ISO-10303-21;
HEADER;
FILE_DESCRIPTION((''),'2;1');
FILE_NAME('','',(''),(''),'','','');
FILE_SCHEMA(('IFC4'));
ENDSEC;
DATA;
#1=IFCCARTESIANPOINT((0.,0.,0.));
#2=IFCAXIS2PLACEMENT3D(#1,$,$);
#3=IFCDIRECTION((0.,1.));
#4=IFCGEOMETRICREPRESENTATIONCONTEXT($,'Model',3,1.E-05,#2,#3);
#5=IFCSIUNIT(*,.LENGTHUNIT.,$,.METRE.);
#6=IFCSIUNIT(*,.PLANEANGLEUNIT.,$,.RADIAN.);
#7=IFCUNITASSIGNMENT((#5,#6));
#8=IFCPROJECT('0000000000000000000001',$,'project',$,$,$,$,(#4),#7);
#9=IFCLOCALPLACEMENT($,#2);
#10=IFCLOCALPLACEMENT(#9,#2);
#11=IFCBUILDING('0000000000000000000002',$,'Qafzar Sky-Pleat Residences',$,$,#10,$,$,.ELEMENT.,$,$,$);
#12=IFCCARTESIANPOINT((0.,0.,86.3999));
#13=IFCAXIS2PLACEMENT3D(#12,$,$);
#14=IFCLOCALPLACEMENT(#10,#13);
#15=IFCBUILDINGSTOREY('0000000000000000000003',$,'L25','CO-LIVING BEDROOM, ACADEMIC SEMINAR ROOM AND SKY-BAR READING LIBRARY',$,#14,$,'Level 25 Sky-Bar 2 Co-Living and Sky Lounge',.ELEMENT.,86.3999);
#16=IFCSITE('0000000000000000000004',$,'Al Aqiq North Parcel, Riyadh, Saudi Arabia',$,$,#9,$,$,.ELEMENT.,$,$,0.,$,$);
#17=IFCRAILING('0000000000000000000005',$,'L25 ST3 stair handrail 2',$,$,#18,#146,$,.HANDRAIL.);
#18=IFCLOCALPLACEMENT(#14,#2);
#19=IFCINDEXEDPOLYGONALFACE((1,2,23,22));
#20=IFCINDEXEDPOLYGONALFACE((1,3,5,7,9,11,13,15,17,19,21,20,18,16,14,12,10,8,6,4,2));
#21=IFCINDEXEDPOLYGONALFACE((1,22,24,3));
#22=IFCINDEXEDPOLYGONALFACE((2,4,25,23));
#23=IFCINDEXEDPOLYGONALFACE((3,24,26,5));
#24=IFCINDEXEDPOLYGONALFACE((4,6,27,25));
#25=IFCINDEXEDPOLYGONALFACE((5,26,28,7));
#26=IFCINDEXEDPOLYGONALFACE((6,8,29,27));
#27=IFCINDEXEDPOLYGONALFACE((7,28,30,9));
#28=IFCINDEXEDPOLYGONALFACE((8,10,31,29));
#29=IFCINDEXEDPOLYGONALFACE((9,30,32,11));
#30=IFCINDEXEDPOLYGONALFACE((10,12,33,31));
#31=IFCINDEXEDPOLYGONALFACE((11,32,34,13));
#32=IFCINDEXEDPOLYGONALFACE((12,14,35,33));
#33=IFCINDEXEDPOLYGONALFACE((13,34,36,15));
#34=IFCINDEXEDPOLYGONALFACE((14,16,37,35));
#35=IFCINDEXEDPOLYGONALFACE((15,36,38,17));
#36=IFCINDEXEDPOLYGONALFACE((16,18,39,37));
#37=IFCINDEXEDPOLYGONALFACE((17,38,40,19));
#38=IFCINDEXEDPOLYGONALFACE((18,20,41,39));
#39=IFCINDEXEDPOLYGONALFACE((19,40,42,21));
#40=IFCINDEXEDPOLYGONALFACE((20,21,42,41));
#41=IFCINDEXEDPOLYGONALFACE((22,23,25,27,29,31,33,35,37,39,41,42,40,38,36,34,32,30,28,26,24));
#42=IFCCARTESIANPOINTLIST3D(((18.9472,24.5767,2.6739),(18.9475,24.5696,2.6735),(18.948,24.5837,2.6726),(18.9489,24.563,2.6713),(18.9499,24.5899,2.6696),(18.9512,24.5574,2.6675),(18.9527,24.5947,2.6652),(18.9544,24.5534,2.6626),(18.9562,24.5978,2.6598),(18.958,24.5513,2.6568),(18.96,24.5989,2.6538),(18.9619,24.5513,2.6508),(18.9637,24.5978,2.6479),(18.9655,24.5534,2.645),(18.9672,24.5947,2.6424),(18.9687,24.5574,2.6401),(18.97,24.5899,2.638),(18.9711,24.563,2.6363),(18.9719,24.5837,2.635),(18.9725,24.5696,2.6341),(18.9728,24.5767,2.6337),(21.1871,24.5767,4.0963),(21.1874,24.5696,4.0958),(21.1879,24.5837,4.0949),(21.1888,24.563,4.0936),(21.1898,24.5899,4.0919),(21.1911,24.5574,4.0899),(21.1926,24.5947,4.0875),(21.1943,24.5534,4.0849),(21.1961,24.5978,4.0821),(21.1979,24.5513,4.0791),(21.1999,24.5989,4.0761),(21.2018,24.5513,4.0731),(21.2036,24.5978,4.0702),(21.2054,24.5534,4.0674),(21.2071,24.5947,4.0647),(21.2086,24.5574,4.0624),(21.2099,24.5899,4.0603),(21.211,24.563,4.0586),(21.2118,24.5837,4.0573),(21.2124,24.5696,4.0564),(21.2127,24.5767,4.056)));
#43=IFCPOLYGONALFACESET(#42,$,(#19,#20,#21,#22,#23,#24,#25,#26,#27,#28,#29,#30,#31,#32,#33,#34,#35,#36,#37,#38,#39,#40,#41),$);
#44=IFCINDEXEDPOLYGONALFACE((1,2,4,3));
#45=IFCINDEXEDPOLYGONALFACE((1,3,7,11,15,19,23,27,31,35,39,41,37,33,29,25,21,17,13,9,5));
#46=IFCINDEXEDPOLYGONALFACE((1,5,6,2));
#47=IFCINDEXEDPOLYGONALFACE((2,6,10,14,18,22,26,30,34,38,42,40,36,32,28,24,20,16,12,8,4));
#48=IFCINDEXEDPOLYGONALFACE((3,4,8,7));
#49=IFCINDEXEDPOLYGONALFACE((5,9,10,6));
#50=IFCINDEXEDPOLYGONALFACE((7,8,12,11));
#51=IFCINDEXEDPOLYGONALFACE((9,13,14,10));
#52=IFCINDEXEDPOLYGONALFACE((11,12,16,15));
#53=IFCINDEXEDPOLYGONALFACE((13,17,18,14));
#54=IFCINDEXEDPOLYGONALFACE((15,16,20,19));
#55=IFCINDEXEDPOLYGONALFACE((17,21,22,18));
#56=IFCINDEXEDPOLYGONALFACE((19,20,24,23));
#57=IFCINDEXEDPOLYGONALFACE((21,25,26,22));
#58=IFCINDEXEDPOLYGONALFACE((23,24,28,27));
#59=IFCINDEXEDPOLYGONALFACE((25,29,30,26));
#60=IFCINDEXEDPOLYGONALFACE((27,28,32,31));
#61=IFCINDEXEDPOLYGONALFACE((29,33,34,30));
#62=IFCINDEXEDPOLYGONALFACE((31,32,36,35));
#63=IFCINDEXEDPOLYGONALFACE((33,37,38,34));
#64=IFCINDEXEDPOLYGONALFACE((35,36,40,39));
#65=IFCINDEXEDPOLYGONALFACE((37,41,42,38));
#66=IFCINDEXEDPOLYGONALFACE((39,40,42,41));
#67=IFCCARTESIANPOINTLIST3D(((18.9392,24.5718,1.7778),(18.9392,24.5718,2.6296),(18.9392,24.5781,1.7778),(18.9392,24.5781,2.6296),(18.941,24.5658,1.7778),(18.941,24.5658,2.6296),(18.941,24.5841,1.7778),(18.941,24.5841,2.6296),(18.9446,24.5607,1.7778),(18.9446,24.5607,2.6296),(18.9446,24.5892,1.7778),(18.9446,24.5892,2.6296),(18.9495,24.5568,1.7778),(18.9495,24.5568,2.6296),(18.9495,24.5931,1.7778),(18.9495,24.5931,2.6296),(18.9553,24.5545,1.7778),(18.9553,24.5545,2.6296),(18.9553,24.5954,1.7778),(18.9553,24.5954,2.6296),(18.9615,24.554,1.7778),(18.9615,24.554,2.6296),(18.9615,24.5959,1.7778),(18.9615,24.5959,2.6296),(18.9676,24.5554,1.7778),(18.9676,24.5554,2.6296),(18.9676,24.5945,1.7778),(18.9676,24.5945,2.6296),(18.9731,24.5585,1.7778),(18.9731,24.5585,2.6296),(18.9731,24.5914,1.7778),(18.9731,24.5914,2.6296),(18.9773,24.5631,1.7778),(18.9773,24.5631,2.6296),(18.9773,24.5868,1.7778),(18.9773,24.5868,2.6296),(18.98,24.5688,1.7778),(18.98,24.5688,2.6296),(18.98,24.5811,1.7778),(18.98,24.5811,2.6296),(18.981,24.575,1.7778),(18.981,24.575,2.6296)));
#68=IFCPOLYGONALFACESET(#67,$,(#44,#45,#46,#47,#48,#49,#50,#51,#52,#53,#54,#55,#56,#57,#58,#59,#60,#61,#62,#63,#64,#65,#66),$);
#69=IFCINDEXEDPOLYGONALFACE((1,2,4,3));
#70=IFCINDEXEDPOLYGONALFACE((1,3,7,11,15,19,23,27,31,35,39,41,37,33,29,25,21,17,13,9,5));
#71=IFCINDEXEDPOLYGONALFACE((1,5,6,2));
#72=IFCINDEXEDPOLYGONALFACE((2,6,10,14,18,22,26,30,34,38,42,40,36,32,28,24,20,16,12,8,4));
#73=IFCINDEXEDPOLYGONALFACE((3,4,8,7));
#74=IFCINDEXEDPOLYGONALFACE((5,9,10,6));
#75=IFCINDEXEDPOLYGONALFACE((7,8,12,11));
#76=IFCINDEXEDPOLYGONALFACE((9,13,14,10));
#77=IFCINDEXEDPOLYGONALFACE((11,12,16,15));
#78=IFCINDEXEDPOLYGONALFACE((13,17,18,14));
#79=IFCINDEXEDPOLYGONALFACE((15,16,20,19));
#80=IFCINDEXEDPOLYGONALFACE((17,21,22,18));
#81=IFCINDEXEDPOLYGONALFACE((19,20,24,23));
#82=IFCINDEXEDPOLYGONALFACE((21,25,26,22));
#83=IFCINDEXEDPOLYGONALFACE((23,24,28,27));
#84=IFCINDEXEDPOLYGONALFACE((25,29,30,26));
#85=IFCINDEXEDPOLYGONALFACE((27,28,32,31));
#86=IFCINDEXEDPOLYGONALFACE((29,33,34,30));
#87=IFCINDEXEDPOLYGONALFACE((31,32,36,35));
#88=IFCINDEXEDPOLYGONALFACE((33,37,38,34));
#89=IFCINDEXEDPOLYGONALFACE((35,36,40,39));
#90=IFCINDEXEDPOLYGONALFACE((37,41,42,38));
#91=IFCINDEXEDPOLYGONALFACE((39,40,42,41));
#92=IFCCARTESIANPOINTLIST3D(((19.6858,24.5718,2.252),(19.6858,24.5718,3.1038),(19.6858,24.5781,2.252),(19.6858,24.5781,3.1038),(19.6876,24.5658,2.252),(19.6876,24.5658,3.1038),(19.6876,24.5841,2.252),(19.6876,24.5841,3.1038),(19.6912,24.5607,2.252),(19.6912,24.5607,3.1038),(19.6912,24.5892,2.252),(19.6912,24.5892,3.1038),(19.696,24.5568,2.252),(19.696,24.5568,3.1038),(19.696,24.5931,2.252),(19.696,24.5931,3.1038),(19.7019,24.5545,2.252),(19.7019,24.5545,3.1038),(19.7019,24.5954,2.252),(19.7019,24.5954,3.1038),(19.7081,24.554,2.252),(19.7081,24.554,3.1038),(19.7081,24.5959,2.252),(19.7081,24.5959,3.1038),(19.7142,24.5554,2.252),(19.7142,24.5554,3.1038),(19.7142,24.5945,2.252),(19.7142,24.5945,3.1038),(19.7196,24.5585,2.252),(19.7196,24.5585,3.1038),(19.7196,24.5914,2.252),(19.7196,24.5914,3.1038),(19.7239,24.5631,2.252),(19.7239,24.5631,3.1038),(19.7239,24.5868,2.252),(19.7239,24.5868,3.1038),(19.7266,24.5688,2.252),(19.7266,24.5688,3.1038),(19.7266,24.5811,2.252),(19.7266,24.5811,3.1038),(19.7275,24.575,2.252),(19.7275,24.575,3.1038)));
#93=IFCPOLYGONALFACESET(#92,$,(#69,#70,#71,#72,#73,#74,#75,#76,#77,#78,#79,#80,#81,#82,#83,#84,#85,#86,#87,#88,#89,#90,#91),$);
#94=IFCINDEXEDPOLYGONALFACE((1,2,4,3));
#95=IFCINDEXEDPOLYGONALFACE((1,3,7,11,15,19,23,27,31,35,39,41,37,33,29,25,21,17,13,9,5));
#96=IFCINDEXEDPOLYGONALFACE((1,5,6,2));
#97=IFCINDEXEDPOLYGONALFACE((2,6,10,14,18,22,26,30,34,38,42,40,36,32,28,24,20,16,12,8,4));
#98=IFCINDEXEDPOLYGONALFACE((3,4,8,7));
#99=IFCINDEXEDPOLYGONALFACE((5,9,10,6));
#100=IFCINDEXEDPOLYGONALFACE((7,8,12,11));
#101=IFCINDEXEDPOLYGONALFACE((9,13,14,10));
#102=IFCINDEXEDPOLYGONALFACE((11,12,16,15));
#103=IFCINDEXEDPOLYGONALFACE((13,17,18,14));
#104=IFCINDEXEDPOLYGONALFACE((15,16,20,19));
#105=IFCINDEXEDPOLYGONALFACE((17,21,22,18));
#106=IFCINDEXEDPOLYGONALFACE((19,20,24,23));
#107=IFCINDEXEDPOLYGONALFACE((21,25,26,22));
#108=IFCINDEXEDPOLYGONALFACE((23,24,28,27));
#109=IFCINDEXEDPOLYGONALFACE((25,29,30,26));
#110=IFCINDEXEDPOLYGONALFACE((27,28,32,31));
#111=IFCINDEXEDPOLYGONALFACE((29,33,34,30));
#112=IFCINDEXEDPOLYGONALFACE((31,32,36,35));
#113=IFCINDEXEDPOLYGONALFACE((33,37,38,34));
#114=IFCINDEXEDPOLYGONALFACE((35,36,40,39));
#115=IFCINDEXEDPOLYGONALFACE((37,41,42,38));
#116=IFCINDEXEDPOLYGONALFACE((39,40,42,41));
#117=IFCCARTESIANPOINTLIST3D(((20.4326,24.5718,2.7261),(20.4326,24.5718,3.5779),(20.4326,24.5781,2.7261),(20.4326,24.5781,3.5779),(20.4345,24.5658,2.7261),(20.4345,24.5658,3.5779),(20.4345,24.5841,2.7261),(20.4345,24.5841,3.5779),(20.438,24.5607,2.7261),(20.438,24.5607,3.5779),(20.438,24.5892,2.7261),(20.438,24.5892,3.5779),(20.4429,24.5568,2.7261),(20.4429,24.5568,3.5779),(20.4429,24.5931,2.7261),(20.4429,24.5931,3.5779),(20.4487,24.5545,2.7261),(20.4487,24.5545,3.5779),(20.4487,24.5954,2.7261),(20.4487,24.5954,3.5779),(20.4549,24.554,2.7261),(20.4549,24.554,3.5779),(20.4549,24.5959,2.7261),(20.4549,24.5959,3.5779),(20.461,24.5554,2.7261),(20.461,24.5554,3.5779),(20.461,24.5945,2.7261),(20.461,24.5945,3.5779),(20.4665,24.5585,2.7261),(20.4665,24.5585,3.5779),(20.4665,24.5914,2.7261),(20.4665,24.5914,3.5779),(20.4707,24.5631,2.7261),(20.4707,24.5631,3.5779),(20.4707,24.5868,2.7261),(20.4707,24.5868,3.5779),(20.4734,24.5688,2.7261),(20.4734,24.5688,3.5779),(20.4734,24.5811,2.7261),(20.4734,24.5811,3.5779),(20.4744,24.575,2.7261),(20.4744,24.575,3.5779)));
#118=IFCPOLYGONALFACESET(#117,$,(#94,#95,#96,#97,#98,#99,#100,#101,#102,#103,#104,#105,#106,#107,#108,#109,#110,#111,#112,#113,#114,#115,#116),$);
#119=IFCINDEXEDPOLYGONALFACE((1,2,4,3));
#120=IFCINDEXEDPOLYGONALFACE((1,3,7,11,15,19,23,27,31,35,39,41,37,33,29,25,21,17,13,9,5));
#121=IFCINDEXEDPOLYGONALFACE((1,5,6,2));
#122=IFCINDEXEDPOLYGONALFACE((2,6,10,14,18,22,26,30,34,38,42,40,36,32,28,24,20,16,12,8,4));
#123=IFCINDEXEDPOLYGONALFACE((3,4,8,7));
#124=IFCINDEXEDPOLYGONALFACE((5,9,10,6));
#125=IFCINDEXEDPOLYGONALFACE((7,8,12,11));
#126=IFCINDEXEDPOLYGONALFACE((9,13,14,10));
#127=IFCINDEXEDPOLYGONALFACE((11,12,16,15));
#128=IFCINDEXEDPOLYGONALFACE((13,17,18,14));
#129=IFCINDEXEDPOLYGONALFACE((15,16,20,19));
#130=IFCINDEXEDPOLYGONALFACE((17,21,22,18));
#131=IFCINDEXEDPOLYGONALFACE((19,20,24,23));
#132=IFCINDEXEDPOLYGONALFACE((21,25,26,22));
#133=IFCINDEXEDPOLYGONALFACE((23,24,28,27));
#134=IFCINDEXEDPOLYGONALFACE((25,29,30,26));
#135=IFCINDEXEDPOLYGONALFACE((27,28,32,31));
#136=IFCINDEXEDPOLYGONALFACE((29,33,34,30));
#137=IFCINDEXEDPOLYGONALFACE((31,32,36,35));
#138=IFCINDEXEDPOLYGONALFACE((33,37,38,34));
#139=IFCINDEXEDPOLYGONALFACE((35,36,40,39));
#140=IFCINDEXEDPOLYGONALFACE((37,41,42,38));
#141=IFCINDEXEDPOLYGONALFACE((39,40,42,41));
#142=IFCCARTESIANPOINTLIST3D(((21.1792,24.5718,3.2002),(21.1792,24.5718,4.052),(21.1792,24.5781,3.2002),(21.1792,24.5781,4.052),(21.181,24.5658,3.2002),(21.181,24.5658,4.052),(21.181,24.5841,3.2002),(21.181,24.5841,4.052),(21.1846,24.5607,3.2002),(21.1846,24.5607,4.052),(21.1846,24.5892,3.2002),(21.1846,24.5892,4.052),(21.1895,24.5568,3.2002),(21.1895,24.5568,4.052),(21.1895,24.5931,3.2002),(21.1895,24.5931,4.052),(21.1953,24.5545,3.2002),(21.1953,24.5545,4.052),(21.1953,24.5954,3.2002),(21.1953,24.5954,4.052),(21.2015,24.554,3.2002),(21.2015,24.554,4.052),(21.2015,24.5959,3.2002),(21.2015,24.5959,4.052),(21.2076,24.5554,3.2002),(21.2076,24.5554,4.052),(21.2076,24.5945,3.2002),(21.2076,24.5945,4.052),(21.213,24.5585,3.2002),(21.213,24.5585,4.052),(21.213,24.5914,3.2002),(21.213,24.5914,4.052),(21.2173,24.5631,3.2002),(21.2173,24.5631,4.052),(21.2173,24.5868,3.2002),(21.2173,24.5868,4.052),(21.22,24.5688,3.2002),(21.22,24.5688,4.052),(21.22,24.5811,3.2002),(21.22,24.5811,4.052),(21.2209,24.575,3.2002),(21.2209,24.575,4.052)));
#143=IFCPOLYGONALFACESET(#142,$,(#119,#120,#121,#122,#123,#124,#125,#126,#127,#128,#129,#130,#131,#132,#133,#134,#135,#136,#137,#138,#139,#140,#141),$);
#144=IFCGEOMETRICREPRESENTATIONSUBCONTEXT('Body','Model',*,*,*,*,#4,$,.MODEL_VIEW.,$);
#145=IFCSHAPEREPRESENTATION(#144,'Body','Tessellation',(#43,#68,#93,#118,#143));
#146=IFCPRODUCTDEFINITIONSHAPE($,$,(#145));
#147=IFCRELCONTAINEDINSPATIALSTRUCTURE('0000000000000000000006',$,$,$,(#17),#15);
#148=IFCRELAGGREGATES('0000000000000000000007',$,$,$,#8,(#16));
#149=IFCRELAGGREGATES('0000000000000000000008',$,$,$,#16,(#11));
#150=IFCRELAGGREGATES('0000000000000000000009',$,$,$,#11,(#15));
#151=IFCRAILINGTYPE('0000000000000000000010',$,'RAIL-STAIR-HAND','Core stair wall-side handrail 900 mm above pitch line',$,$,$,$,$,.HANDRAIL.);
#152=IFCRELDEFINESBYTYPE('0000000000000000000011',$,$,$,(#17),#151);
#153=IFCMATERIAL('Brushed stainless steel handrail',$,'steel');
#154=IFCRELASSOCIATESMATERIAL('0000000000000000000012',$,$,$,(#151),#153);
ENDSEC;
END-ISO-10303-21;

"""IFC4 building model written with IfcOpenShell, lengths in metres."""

from ifc_helpers import new_model, si_unit, direction, frame, origin, origin_2d, place, context, subcontext, project, spatial, circle, extrude, source, transform, mapped, material, type_object, element, save


model = new_model("IFC4")

# Units and contexts
model_context = context("Model", 3, precision=1e-05, world=origin(), true_north=direction((0.0, 1.0)))
body_context = subcontext(model_context, "Body", "Model", "MODEL_VIEW")
ifc_project = project(units=[si_unit("LENGTHUNIT", "METRE"), si_unit("PLANEANGLEUNIT", "RADIAN")], contexts=[model_context])

# Site, building, storey
site_placement = place(None, origin())
site = spatial("IfcSite", under=ifc_project, at=site_placement, Name="Al Aqiq North Parcel, Riyadh, Saudi Arabia", CompositionType="ELEMENT", RefElevation=0.0)
building_placement = place(site_placement, origin())
building = spatial("IfcBuilding", under=site, at=building_placement, Name="Qafzar Sky-Pleat Residences", CompositionType="ELEMENT")
storey_placement = place(building_placement, frame((0.0, 0.0, 86.3999)))
storey = spatial("IfcBuildingStorey", under=building, at=storey_placement, Name="L25", Description="CO-LIVING BEDROOM, ACADEMIC SEMINAR ROOM AND SKY-BAR READING LIBRARY", LongName="Level 25 Sky-Bar 2 Co-Living and Sky Lounge", CompositionType="ELEMENT", Elevation=86.3999)

# Railing
ifc_material_1 = material(Name="Brushed stainless steel handrail", Category="steel")
railing_type_1 = type_object("IfcRailingType", Name="RAIL-STAIR-HAND", Description="Core stair wall-side handrail 900 mm above pitch line", PredefinedType="HANDRAIL", material=ifc_material_1)
shared_shape_1 = source(origin(), body_context, "Body", "SweptSolid", [
    extrude(circle(Radius=0.0239, at=origin_2d()), frame((0.0, 0.0, 0.876), z_axis=(0.844188, 0.0, 0.536048), x_axis=(0.0, 1.0, 0.0)), (0.0, 0.0, 1.0), 2.6533),
    extrude(circle(Radius=0.021, at=origin_2d()), origin(), (0.0, 0.0, 1.0), 0.8518),
    extrude(circle(Radius=0.021, at=origin_2d()), frame((0.7466, 0.0, 0.4741)), (0.0, 0.0, 1.0), 0.8518),
    extrude(circle(Radius=0.021, at=origin_2d()), frame((1.4934, 0.0, 0.9482)), (0.0, 0.0, 1.0), 0.8518),
    extrude(circle(Radius=0.021, at=origin_2d()), frame((2.24, 0.0, 1.4224)), (0.0, 0.0, 1.0), 0.8518),
])
railing_1_placement = place(storey_placement, frame((18.96, 24.575, 1.7778)))
element("IfcRailing", 1, at=railing_1_placement, inside=storey, type_object=railing_type_1, Name="L25 ST3 stair handrail 2", PredefinedType="HANDRAIL", context=body_context, shape_type="MappedRepresentation", body=[
    mapped(shared_shape_1, transform((0.0, 0.0, 0.0), x_axis=(1.0, 0.0, 0.0), y_axis=(0.0, 1.0, 0.0), z_axis=(0.0, 0.0, 1.0), scale=1.0)),
])

save(model, "model.ifc")
